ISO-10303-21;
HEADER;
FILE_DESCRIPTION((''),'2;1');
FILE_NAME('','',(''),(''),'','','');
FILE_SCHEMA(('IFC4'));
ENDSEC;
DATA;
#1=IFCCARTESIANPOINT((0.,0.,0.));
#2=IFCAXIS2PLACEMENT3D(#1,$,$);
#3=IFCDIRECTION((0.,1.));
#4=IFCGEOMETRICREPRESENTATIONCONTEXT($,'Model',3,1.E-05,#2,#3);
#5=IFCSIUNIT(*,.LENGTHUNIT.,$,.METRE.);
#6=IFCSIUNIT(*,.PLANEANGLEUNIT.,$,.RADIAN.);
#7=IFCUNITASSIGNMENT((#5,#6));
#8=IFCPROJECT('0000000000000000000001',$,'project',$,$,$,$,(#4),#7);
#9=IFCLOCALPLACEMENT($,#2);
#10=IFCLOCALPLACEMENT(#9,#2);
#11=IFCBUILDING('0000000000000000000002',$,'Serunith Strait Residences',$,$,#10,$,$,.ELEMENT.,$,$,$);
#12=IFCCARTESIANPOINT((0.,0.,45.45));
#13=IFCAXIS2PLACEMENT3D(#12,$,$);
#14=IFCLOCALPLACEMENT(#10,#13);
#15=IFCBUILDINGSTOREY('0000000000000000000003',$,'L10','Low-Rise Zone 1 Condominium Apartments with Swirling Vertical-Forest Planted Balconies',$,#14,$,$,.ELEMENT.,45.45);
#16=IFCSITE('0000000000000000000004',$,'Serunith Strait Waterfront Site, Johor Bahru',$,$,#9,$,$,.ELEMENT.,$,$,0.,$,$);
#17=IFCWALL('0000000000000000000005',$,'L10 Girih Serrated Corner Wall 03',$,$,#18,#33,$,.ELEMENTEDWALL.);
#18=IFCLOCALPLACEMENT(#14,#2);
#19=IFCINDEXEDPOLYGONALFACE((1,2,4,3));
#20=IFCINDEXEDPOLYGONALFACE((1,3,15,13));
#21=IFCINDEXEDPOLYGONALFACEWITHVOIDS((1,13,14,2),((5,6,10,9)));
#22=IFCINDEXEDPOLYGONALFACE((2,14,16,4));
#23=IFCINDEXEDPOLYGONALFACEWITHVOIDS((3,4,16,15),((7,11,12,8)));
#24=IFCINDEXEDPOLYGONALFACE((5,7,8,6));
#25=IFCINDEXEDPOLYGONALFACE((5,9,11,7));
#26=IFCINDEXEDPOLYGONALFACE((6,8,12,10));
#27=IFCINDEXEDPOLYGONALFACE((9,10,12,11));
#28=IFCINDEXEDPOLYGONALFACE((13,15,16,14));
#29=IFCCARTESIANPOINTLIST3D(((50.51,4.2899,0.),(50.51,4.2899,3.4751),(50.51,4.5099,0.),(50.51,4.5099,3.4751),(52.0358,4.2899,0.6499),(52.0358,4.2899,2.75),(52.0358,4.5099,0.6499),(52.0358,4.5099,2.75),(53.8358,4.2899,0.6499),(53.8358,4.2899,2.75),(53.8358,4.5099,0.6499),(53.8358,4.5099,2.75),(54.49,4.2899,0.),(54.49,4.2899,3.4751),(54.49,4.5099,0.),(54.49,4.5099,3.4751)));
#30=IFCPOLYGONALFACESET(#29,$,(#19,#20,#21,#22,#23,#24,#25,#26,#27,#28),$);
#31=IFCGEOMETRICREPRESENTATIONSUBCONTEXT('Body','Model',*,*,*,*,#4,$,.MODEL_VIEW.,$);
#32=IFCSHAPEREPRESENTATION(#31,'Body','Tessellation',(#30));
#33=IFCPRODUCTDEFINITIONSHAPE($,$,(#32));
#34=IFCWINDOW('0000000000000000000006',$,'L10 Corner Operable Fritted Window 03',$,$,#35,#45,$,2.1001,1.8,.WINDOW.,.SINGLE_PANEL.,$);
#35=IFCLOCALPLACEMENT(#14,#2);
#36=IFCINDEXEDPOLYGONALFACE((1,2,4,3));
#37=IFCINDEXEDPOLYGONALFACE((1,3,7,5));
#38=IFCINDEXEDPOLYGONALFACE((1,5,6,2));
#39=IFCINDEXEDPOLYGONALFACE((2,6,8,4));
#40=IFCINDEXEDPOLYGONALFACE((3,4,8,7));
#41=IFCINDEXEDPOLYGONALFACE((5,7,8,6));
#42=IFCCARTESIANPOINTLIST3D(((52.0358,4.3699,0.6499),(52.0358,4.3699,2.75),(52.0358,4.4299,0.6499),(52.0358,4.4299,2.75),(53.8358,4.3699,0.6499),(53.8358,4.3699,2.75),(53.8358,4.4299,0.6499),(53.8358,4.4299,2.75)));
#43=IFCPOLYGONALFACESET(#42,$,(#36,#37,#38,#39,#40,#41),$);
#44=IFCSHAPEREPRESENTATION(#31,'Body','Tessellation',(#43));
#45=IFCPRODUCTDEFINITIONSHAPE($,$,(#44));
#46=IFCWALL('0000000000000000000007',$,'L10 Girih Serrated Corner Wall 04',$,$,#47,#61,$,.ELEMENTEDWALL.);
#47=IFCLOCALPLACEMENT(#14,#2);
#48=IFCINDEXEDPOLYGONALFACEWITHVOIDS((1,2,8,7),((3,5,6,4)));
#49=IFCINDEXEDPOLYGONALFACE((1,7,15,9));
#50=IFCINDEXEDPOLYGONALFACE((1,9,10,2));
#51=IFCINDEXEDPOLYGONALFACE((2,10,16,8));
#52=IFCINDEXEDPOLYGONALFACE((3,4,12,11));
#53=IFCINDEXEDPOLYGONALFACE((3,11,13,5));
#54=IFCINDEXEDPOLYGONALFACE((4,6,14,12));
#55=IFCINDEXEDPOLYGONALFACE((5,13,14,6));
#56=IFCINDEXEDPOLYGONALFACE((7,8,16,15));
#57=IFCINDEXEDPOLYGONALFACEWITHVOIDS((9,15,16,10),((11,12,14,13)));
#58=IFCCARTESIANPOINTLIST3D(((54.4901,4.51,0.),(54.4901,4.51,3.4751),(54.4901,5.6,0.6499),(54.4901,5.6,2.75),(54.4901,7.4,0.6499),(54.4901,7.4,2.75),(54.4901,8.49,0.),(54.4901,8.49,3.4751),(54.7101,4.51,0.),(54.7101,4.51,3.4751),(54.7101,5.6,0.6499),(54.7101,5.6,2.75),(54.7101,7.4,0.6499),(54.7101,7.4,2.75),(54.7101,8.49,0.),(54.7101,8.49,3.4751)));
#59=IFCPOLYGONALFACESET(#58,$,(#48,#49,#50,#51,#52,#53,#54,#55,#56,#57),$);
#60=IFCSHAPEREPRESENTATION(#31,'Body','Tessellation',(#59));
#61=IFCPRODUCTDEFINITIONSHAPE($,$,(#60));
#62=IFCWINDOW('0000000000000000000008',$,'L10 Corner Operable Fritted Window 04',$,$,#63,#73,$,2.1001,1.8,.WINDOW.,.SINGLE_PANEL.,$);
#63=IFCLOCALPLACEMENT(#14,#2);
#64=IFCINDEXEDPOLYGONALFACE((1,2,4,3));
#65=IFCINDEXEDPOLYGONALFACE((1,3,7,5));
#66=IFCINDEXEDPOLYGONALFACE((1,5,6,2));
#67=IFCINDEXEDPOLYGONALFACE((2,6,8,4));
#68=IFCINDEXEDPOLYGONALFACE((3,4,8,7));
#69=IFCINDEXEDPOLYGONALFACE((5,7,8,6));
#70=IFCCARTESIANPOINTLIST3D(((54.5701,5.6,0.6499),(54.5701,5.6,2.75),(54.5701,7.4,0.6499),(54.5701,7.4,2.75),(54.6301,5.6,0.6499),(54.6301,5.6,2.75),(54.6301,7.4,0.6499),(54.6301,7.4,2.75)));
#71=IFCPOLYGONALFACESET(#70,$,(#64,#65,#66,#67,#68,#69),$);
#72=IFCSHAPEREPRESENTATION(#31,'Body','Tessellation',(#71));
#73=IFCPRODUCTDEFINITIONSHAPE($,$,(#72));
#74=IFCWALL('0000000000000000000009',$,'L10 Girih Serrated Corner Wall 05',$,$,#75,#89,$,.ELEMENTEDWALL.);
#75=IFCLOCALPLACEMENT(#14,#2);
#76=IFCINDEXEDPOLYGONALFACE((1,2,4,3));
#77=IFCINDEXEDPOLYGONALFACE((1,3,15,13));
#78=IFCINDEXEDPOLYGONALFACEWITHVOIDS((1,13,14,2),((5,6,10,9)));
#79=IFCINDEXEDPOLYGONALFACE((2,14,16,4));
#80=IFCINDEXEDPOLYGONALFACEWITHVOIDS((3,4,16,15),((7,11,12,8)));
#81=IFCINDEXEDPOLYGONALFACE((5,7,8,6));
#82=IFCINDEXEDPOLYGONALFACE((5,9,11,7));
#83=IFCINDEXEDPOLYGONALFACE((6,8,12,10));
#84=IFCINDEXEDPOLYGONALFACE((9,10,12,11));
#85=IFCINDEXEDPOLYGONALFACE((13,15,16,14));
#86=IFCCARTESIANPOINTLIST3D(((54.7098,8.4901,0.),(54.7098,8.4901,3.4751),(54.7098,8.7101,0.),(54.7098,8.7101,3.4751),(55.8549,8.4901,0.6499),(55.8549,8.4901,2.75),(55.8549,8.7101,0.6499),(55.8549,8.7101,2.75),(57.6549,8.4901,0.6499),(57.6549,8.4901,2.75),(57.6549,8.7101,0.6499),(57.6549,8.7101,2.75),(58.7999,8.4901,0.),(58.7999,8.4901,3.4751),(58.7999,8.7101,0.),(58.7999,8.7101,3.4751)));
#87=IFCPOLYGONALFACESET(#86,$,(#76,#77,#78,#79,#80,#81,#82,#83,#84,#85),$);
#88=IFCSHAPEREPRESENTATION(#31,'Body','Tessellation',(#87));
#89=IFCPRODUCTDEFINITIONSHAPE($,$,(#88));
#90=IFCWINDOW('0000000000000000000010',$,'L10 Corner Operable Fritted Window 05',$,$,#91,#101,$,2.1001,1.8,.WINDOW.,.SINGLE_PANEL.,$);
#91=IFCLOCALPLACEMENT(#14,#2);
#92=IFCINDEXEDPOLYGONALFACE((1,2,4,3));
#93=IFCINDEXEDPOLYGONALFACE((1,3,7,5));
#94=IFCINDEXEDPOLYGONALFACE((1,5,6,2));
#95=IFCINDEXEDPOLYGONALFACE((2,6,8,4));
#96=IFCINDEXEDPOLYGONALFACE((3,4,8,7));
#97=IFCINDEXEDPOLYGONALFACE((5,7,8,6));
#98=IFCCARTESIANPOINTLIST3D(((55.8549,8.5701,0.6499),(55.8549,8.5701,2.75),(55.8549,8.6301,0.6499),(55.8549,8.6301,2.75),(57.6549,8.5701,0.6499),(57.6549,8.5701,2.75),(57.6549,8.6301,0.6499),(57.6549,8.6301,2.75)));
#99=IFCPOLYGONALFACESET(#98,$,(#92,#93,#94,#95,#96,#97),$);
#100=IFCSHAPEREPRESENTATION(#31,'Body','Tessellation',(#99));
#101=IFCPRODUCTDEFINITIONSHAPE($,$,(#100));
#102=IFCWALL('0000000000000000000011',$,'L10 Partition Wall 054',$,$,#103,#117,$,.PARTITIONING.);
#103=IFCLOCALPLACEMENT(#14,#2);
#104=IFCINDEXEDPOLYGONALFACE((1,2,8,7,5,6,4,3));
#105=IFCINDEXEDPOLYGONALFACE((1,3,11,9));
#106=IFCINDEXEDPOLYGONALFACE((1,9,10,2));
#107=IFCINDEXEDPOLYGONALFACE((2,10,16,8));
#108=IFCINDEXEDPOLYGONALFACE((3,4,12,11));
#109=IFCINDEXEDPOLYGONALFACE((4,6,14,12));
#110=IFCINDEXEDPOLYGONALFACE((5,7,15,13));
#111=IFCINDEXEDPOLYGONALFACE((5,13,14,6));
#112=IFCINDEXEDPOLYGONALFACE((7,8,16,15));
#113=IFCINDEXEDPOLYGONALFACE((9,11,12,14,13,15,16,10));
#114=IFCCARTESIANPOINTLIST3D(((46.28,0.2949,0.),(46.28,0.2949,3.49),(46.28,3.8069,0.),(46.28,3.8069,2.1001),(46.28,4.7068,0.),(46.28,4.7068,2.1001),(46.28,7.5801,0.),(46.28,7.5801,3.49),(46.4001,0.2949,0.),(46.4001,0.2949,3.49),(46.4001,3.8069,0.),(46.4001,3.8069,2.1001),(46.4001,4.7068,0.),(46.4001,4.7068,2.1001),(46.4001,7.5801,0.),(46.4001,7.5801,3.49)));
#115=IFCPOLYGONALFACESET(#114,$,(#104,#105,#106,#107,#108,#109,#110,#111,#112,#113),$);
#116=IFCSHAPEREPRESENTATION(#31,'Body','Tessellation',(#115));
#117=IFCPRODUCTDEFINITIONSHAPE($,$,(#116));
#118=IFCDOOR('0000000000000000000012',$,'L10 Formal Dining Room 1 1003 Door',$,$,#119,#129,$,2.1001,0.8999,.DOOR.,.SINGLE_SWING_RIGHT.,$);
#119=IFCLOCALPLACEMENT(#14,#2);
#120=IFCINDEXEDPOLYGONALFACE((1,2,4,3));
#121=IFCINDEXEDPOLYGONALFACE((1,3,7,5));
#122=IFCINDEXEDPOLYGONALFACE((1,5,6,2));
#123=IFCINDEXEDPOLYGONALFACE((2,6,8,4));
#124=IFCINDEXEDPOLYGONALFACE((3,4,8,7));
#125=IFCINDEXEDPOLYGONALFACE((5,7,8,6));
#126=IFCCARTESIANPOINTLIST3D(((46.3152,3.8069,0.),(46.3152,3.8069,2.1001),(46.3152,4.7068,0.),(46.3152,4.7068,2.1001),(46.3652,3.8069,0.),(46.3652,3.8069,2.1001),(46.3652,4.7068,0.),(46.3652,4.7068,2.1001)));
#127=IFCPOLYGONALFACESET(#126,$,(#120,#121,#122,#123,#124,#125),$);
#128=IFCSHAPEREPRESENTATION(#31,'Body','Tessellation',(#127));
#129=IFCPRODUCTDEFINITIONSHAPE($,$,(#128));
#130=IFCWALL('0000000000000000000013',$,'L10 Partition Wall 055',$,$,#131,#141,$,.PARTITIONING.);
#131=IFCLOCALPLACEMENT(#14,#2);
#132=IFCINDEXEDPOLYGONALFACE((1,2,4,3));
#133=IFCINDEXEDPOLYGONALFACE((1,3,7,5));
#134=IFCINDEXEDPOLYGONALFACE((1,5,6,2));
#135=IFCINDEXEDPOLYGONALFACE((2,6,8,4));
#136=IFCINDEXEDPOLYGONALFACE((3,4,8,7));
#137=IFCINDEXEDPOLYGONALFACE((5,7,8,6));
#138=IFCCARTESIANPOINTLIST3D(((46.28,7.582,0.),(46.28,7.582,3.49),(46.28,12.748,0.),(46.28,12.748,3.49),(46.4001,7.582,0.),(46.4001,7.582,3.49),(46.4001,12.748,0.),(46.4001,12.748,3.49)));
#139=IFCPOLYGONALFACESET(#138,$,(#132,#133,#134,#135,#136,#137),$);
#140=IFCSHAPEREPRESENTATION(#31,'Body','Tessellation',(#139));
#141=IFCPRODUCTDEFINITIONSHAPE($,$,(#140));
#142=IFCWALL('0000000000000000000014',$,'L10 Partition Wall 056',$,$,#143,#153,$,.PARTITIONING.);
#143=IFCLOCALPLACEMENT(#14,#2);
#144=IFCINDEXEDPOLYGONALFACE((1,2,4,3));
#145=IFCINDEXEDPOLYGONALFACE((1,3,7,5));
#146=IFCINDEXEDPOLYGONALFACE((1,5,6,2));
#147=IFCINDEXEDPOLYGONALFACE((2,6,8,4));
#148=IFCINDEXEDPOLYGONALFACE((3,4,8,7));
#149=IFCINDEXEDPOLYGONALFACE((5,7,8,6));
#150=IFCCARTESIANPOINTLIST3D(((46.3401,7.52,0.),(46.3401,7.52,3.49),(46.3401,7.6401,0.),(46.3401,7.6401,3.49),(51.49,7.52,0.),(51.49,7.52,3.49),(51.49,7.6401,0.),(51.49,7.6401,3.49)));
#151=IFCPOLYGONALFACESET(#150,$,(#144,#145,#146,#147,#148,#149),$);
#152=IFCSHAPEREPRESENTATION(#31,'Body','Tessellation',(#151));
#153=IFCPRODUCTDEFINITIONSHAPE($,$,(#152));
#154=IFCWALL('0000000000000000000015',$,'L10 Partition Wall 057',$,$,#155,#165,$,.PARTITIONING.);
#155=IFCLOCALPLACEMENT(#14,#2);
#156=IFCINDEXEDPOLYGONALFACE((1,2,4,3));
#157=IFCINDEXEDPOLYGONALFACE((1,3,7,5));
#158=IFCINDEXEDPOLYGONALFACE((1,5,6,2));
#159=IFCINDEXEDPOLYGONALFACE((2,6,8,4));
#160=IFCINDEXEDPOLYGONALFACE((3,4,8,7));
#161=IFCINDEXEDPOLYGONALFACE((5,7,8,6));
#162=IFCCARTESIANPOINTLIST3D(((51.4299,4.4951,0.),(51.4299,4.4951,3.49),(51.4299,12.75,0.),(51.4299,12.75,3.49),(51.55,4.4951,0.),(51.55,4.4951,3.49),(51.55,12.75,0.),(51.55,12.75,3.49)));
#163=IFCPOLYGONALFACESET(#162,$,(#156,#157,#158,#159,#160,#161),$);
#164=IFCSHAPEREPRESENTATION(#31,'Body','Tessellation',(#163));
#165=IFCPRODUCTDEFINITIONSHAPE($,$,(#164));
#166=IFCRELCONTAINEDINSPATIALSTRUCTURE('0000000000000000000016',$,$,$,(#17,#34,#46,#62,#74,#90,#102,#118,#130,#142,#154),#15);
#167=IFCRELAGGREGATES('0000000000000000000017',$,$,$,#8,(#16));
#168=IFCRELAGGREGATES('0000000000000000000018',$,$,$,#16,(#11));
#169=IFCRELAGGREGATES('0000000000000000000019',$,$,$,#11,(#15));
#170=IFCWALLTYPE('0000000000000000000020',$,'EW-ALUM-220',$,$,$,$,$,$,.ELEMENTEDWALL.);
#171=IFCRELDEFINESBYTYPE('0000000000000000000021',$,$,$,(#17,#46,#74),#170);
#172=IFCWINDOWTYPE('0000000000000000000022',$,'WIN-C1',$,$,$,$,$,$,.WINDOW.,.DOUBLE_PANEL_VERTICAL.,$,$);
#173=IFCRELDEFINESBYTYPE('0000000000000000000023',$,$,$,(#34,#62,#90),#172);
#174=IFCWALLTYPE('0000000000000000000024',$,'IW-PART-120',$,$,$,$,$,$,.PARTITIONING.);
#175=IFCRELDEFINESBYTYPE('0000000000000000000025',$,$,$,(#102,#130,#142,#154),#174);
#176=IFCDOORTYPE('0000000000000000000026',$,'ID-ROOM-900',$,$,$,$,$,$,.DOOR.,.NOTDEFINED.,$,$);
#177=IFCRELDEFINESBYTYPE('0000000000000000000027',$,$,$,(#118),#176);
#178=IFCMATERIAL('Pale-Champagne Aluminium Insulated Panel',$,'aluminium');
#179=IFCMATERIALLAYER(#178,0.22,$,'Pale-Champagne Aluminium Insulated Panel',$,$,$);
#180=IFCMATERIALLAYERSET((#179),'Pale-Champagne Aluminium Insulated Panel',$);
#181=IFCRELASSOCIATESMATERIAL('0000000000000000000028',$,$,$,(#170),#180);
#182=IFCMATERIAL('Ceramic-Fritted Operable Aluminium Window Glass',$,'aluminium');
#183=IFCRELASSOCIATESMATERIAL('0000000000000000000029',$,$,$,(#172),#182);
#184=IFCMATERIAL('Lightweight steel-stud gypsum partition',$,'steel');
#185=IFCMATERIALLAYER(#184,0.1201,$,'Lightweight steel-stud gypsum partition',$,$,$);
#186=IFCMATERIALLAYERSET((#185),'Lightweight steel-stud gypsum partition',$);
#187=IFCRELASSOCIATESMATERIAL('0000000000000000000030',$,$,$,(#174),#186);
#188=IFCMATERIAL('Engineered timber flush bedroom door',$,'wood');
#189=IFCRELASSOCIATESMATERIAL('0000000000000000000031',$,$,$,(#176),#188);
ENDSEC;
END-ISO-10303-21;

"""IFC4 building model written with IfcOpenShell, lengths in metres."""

from ifc_helpers import new_model, si_unit, direction, frame, frame_2d, origin, place, context, subcontext, project, spatial, rectangle, extrude, source, transform, mapped, material, layer, layer_set, type_object, element, fill, save


model = new_model("IFC4")

# Units and contexts
model_context = context("Model", 3, precision=1e-05, world=origin(), true_north=direction((0.0, 1.0)))
body_context = subcontext(model_context, "Body", "Model", "MODEL_VIEW")
ifc_project = project(units=[si_unit("LENGTHUNIT", "METRE"), si_unit("PLANEANGLEUNIT", "RADIAN")], contexts=[model_context])

# Site, building, storey
site_placement = place(None, origin())
site = spatial("IfcSite", under=ifc_project, at=site_placement, Name="Serunith Strait Waterfront Site, Johor Bahru", CompositionType="ELEMENT", RefElevation=0.0)
building_placement = place(site_placement, origin())
building = spatial("IfcBuilding", under=site, at=building_placement, Name="Serunith Strait Residences", CompositionType="ELEMENT")
storey_placement = place(building_placement, frame((0.0, 0.0, 45.45)))
storey = spatial("IfcBuildingStorey", under=building, at=storey_placement, Name="L10", Description="Low-Rise Zone 1 Condominium Apartments with Swirling Vertical-Forest Planted Balconies", CompositionType="ELEMENT", Elevation=45.45)

# Walls, openings, windows
ifc_material_1 = material(Name="Pale-Champagne Aluminium Insulated Panel", Category="aluminium")
ifc_layer_1 = layer(ifc_material_1, 0.22, Name="Pale-Champagne Aluminium Insulated Panel")
ifc_layer_set_1 = layer_set([ifc_layer_1], Name="Pale-Champagne Aluminium Insulated Panel")
wall_type_1 = type_object("IfcWallType", Name="EW-ALUM-220", PredefinedType="ELEMENTEDWALL", material=ifc_layer_set_1)
ifc_material_2 = material(Name="Ceramic-Fritted Operable Aluminium Window Glass", Category="aluminium")
window_type = type_object("IfcWindowType", Name="WIN-C1", PartitioningType="DOUBLE_PANEL_VERTICAL", PredefinedType="WINDOW", material=ifc_material_2)
shared_shape_1 = source(origin(), body_context, "Body", "SweptSolid", [
    extrude(rectangle(XDim=1.8, YDim=2.1001, at=frame_2d((0.8999, 1.05))), frame((0.0, 0.03, 0.0), z_axis=(0.0, -1.0, 0.0), x_axis=(1.0, 0.0, 0.0)), (0.0, 0.0, 1.0), 0.0601),
])
wall_1_placement = place(storey_placement, frame((50.51, 4.3999, 0.0), z_axis=(0.0, 0.0, 1.0), x_axis=(1.0, 0.0, 0.0)))
wall_1 = element("IfcWall", 1, at=wall_1_placement, inside=storey, type_object=wall_type_1, Name="L10 Girih Serrated Corner Wall 03", PredefinedType="ELEMENTEDWALL", context=body_context, shape_type="SweptSolid", body=[
    extrude(rectangle(XDim=3.98, YDim=0.22, at=frame_2d((1.99, 0.0))), origin(), (0.0, 0.0, 1.0), 3.4751),
])
opening_1_placement = place(wall_1_placement, frame((1.5259, 0.0, 0.6499)))
opening_1 = element("IfcOpeningElement", 2, at=opening_1_placement, cuts=wall_1, PredefinedType="OPENING", context=body_context, shape_type="SweptSolid", body=[
    extrude(rectangle(XDim=1.8, YDim=2.1001, at=frame_2d((0.8999, 1.05))), frame((0.0, 0.1201, 0.0), z_axis=(0.0, -1.0, 0.0), x_axis=(1.0, 0.0, 0.0)), (0.0, 0.0, 1.0), 0.24),
])
window_1_placement = place(opening_1_placement, origin())
window_1 = element("IfcWindow", 3, at=window_1_placement, inside=storey, type_object=window_type, Name="L10 Corner Operable Fritted Window 03", OverallHeight=2.1001, OverallWidth=1.8, PartitioningType="SINGLE_PANEL", PredefinedType="WINDOW", context=body_context, shape_type="MappedRepresentation", body=[
    mapped(shared_shape_1, transform((0.0, 0.0, 0.0), scale=1.0)),
])
fill(opening_1, window_1)
wall_2_placement = place(storey_placement, frame((54.6001, 4.51, 0.0), z_axis=(0.0, 0.0, 1.0), x_axis=(0.0, 1.0, 0.0)))
wall_2 = element("IfcWall", 4, at=wall_2_placement, inside=storey, type_object=wall_type_1, Name="L10 Girih Serrated Corner Wall 04", PredefinedType="ELEMENTEDWALL", context=body_context, shape_type="SweptSolid", body=[
    extrude(rectangle(XDim=3.98, YDim=0.22, at=frame_2d((1.99, 0.0))), origin(), (0.0, 0.0, 1.0), 3.4751),
])
opening_2_placement = place(wall_2_placement, frame((1.0901, 0.0, 0.6499)))
opening_2 = element("IfcOpeningElement", 5, at=opening_2_placement, cuts=wall_2, PredefinedType="OPENING", context=body_context, shape_type="SweptSolid", body=[
    extrude(rectangle(XDim=1.8, YDim=2.1001, at=frame_2d((0.8999, 1.05))), frame((0.0, 0.1201, 0.0), z_axis=(0.0, -1.0, 0.0), x_axis=(1.0, 0.0, 0.0)), (0.0, 0.0, 1.0), 0.24),
])
window_2_placement = place(opening_2_placement, origin())
window_2 = element("IfcWindow", 6, at=window_2_placement, inside=storey, type_object=window_type, Name="L10 Corner Operable Fritted Window 04", OverallHeight=2.1001, OverallWidth=1.8, PartitioningType="SINGLE_PANEL", PredefinedType="WINDOW", context=body_context, shape_type="MappedRepresentation", body=[
    mapped(shared_shape_1, transform((0.0, 0.0, 0.0), scale=1.0)),
])
fill(opening_2, window_2)
wall_3_placement = place(storey_placement, frame((54.71, 8.6001, 0.0), z_axis=(0.0, 0.0, 1.0), x_axis=(1.0, 0.0, 0.0)))
wall_3 = element("IfcWall", 7, at=wall_3_placement, inside=storey, type_object=wall_type_1, Name="L10 Girih Serrated Corner Wall 05", PredefinedType="ELEMENTEDWALL", context=body_context, shape_type="SweptSolid", body=[
    extrude(rectangle(XDim=4.0901, YDim=0.22, at=frame_2d((2.0449, 0.0))), origin(), (0.0, 0.0, 1.0), 3.4751),
])
opening_3_placement = place(wall_3_placement, frame((1.145, 0.0, 0.6499)))
opening_3 = element("IfcOpeningElement", 8, at=opening_3_placement, cuts=wall_3, PredefinedType="OPENING", context=body_context, shape_type="SweptSolid", body=[
    extrude(rectangle(XDim=1.8, YDim=2.1001, at=frame_2d((0.8999, 1.05))), frame((0.0, 0.1201, 0.0), z_axis=(0.0, -1.0, 0.0), x_axis=(1.0, 0.0, 0.0)), (0.0, 0.0, 1.0), 0.24),
])
window_3_placement = place(opening_3_placement, origin())
window_3 = element("IfcWindow", 9, at=window_3_placement, inside=storey, type_object=window_type, Name="L10 Corner Operable Fritted Window 05", OverallHeight=2.1001, OverallWidth=1.8, PartitioningType="SINGLE_PANEL", PredefinedType="WINDOW", context=body_context, shape_type="MappedRepresentation", body=[
    mapped(shared_shape_1, transform((0.0, 0.0, 0.0), scale=1.0)),
])
fill(opening_3, window_3)

# Wall, opening, door
ifc_material_3 = material(Name="Lightweight steel-stud gypsum partition", Category="steel")
ifc_layer_2 = layer(ifc_material_3, 0.1201, Name="Lightweight steel-stud gypsum partition")
ifc_layer_set_2 = layer_set([ifc_layer_2], Name="Lightweight steel-stud gypsum partition")
wall_type_2 = type_object("IfcWallType", Name="IW-PART-120", PredefinedType="PARTITIONING", material=ifc_layer_set_2)
wall_4_placement = place(storey_placement, frame((46.3401, 0.2949, 0.0), z_axis=(0.0, 0.0, 1.0), x_axis=(0.0, 1.0, 0.0)))
wall_4 = element("IfcWall", 10, at=wall_4_placement, inside=storey, type_object=wall_type_2, Name="L10 Partition Wall 054", PredefinedType="PARTITIONING", context=body_context, shape_type="SweptSolid", body=[
    extrude(rectangle(XDim=7.2852, YDim=0.1201, at=frame_2d((3.6426, 0.0))), origin(), (0.0, 0.0, 1.0), 3.49),
])
opening_4_placement = place(wall_4_placement, frame((3.512, 0.0, 0.0)))
opening_4 = element("IfcOpeningElement", 11, at=opening_4_placement, cuts=wall_4, PredefinedType="OPENING", context=body_context, shape_type="SweptSolid", body=[
    extrude(rectangle(XDim=0.8999, YDim=2.1001, at=frame_2d((0.45, 1.05))), frame((0.0, 0.0701, 0.0), z_axis=(0.0, -1.0, 0.0), x_axis=(1.0, 0.0, 0.0)), (0.0, 0.0, 1.0), 0.1401),
])
ifc_material_4 = material(Name="Engineered timber flush bedroom door", Category="wood")
door_type = type_object("IfcDoorType", Name="ID-ROOM-900", OperationType="NOTDEFINED", PredefinedType="DOOR", material=ifc_material_4)
shared_shape_2 = source(origin(), body_context, "Body", "SweptSolid", [
    extrude(rectangle(XDim=0.8999, YDim=2.1001, at=frame_2d((0.45, 1.05))), frame((0.0, 0.0249, 0.0), z_axis=(0.0, -1.0, 0.0), x_axis=(1.0, 0.0, 0.0)), (0.0, 0.0, 1.0), 0.05),
])
door_placement = place(opening_4_placement, origin())
door = element("IfcDoor", 12, at=door_placement, inside=storey, type_object=door_type, Name="L10 Formal Dining Room 1 1003 Door", OperationType="SINGLE_SWING_RIGHT", OverallHeight=2.1001, OverallWidth=0.8999, PredefinedType="DOOR", context=body_context, shape_type="MappedRepresentation", body=[
    mapped(shared_shape_2, transform((0.0, 0.0, 0.0), scale=1.0)),
])
fill(opening_4, door)

# Walls
wall_5_placement = place(storey_placement, frame((46.3401, 7.582, 0.0), z_axis=(0.0, 0.0, 1.0), x_axis=(0.0, 1.0, 0.0)))
element("IfcWall", 13, at=wall_5_placement, inside=storey, type_object=wall_type_2, Name="L10 Partition Wall 055", PredefinedType="PARTITIONING", context=body_context, shape_type="SweptSolid", body=[
    extrude(rectangle(XDim=5.166, YDim=0.1201, at=frame_2d((2.583, 0.0))), origin(), (0.0, 0.0, 1.0), 3.49),
])
wall_6_placement = place(storey_placement, frame((46.3401, 7.5801, 0.0), z_axis=(0.0, 0.0, 1.0), x_axis=(1.0, 0.0, 0.0)))
element("IfcWall", 14, at=wall_6_placement, inside=storey, type_object=wall_type_2, Name="L10 Partition Wall 056", PredefinedType="PARTITIONING", context=body_context, shape_type="SweptSolid", body=[
    extrude(rectangle(XDim=5.1499, YDim=0.1201, at=frame_2d((2.575, 0.0))), origin(), (0.0, 0.0, 1.0), 3.49),
])
wall_7_placement = place(storey_placement, frame((51.49, 4.4951, 0.0), z_axis=(0.0, 0.0, 1.0), x_axis=(0.0, 1.0, 0.0)))
element("IfcWall", 15, at=wall_7_placement, inside=storey, type_object=wall_type_2, Name="L10 Partition Wall 057", PredefinedType="PARTITIONING", context=body_context, shape_type="SweptSolid", body=[
    extrude(rectangle(XDim=8.2549, YDim=0.1201, at=frame_2d((4.1274, 0.0))), origin(), (0.0, 0.0, 1.0), 3.49),
])

save(model, "model.ifc")
